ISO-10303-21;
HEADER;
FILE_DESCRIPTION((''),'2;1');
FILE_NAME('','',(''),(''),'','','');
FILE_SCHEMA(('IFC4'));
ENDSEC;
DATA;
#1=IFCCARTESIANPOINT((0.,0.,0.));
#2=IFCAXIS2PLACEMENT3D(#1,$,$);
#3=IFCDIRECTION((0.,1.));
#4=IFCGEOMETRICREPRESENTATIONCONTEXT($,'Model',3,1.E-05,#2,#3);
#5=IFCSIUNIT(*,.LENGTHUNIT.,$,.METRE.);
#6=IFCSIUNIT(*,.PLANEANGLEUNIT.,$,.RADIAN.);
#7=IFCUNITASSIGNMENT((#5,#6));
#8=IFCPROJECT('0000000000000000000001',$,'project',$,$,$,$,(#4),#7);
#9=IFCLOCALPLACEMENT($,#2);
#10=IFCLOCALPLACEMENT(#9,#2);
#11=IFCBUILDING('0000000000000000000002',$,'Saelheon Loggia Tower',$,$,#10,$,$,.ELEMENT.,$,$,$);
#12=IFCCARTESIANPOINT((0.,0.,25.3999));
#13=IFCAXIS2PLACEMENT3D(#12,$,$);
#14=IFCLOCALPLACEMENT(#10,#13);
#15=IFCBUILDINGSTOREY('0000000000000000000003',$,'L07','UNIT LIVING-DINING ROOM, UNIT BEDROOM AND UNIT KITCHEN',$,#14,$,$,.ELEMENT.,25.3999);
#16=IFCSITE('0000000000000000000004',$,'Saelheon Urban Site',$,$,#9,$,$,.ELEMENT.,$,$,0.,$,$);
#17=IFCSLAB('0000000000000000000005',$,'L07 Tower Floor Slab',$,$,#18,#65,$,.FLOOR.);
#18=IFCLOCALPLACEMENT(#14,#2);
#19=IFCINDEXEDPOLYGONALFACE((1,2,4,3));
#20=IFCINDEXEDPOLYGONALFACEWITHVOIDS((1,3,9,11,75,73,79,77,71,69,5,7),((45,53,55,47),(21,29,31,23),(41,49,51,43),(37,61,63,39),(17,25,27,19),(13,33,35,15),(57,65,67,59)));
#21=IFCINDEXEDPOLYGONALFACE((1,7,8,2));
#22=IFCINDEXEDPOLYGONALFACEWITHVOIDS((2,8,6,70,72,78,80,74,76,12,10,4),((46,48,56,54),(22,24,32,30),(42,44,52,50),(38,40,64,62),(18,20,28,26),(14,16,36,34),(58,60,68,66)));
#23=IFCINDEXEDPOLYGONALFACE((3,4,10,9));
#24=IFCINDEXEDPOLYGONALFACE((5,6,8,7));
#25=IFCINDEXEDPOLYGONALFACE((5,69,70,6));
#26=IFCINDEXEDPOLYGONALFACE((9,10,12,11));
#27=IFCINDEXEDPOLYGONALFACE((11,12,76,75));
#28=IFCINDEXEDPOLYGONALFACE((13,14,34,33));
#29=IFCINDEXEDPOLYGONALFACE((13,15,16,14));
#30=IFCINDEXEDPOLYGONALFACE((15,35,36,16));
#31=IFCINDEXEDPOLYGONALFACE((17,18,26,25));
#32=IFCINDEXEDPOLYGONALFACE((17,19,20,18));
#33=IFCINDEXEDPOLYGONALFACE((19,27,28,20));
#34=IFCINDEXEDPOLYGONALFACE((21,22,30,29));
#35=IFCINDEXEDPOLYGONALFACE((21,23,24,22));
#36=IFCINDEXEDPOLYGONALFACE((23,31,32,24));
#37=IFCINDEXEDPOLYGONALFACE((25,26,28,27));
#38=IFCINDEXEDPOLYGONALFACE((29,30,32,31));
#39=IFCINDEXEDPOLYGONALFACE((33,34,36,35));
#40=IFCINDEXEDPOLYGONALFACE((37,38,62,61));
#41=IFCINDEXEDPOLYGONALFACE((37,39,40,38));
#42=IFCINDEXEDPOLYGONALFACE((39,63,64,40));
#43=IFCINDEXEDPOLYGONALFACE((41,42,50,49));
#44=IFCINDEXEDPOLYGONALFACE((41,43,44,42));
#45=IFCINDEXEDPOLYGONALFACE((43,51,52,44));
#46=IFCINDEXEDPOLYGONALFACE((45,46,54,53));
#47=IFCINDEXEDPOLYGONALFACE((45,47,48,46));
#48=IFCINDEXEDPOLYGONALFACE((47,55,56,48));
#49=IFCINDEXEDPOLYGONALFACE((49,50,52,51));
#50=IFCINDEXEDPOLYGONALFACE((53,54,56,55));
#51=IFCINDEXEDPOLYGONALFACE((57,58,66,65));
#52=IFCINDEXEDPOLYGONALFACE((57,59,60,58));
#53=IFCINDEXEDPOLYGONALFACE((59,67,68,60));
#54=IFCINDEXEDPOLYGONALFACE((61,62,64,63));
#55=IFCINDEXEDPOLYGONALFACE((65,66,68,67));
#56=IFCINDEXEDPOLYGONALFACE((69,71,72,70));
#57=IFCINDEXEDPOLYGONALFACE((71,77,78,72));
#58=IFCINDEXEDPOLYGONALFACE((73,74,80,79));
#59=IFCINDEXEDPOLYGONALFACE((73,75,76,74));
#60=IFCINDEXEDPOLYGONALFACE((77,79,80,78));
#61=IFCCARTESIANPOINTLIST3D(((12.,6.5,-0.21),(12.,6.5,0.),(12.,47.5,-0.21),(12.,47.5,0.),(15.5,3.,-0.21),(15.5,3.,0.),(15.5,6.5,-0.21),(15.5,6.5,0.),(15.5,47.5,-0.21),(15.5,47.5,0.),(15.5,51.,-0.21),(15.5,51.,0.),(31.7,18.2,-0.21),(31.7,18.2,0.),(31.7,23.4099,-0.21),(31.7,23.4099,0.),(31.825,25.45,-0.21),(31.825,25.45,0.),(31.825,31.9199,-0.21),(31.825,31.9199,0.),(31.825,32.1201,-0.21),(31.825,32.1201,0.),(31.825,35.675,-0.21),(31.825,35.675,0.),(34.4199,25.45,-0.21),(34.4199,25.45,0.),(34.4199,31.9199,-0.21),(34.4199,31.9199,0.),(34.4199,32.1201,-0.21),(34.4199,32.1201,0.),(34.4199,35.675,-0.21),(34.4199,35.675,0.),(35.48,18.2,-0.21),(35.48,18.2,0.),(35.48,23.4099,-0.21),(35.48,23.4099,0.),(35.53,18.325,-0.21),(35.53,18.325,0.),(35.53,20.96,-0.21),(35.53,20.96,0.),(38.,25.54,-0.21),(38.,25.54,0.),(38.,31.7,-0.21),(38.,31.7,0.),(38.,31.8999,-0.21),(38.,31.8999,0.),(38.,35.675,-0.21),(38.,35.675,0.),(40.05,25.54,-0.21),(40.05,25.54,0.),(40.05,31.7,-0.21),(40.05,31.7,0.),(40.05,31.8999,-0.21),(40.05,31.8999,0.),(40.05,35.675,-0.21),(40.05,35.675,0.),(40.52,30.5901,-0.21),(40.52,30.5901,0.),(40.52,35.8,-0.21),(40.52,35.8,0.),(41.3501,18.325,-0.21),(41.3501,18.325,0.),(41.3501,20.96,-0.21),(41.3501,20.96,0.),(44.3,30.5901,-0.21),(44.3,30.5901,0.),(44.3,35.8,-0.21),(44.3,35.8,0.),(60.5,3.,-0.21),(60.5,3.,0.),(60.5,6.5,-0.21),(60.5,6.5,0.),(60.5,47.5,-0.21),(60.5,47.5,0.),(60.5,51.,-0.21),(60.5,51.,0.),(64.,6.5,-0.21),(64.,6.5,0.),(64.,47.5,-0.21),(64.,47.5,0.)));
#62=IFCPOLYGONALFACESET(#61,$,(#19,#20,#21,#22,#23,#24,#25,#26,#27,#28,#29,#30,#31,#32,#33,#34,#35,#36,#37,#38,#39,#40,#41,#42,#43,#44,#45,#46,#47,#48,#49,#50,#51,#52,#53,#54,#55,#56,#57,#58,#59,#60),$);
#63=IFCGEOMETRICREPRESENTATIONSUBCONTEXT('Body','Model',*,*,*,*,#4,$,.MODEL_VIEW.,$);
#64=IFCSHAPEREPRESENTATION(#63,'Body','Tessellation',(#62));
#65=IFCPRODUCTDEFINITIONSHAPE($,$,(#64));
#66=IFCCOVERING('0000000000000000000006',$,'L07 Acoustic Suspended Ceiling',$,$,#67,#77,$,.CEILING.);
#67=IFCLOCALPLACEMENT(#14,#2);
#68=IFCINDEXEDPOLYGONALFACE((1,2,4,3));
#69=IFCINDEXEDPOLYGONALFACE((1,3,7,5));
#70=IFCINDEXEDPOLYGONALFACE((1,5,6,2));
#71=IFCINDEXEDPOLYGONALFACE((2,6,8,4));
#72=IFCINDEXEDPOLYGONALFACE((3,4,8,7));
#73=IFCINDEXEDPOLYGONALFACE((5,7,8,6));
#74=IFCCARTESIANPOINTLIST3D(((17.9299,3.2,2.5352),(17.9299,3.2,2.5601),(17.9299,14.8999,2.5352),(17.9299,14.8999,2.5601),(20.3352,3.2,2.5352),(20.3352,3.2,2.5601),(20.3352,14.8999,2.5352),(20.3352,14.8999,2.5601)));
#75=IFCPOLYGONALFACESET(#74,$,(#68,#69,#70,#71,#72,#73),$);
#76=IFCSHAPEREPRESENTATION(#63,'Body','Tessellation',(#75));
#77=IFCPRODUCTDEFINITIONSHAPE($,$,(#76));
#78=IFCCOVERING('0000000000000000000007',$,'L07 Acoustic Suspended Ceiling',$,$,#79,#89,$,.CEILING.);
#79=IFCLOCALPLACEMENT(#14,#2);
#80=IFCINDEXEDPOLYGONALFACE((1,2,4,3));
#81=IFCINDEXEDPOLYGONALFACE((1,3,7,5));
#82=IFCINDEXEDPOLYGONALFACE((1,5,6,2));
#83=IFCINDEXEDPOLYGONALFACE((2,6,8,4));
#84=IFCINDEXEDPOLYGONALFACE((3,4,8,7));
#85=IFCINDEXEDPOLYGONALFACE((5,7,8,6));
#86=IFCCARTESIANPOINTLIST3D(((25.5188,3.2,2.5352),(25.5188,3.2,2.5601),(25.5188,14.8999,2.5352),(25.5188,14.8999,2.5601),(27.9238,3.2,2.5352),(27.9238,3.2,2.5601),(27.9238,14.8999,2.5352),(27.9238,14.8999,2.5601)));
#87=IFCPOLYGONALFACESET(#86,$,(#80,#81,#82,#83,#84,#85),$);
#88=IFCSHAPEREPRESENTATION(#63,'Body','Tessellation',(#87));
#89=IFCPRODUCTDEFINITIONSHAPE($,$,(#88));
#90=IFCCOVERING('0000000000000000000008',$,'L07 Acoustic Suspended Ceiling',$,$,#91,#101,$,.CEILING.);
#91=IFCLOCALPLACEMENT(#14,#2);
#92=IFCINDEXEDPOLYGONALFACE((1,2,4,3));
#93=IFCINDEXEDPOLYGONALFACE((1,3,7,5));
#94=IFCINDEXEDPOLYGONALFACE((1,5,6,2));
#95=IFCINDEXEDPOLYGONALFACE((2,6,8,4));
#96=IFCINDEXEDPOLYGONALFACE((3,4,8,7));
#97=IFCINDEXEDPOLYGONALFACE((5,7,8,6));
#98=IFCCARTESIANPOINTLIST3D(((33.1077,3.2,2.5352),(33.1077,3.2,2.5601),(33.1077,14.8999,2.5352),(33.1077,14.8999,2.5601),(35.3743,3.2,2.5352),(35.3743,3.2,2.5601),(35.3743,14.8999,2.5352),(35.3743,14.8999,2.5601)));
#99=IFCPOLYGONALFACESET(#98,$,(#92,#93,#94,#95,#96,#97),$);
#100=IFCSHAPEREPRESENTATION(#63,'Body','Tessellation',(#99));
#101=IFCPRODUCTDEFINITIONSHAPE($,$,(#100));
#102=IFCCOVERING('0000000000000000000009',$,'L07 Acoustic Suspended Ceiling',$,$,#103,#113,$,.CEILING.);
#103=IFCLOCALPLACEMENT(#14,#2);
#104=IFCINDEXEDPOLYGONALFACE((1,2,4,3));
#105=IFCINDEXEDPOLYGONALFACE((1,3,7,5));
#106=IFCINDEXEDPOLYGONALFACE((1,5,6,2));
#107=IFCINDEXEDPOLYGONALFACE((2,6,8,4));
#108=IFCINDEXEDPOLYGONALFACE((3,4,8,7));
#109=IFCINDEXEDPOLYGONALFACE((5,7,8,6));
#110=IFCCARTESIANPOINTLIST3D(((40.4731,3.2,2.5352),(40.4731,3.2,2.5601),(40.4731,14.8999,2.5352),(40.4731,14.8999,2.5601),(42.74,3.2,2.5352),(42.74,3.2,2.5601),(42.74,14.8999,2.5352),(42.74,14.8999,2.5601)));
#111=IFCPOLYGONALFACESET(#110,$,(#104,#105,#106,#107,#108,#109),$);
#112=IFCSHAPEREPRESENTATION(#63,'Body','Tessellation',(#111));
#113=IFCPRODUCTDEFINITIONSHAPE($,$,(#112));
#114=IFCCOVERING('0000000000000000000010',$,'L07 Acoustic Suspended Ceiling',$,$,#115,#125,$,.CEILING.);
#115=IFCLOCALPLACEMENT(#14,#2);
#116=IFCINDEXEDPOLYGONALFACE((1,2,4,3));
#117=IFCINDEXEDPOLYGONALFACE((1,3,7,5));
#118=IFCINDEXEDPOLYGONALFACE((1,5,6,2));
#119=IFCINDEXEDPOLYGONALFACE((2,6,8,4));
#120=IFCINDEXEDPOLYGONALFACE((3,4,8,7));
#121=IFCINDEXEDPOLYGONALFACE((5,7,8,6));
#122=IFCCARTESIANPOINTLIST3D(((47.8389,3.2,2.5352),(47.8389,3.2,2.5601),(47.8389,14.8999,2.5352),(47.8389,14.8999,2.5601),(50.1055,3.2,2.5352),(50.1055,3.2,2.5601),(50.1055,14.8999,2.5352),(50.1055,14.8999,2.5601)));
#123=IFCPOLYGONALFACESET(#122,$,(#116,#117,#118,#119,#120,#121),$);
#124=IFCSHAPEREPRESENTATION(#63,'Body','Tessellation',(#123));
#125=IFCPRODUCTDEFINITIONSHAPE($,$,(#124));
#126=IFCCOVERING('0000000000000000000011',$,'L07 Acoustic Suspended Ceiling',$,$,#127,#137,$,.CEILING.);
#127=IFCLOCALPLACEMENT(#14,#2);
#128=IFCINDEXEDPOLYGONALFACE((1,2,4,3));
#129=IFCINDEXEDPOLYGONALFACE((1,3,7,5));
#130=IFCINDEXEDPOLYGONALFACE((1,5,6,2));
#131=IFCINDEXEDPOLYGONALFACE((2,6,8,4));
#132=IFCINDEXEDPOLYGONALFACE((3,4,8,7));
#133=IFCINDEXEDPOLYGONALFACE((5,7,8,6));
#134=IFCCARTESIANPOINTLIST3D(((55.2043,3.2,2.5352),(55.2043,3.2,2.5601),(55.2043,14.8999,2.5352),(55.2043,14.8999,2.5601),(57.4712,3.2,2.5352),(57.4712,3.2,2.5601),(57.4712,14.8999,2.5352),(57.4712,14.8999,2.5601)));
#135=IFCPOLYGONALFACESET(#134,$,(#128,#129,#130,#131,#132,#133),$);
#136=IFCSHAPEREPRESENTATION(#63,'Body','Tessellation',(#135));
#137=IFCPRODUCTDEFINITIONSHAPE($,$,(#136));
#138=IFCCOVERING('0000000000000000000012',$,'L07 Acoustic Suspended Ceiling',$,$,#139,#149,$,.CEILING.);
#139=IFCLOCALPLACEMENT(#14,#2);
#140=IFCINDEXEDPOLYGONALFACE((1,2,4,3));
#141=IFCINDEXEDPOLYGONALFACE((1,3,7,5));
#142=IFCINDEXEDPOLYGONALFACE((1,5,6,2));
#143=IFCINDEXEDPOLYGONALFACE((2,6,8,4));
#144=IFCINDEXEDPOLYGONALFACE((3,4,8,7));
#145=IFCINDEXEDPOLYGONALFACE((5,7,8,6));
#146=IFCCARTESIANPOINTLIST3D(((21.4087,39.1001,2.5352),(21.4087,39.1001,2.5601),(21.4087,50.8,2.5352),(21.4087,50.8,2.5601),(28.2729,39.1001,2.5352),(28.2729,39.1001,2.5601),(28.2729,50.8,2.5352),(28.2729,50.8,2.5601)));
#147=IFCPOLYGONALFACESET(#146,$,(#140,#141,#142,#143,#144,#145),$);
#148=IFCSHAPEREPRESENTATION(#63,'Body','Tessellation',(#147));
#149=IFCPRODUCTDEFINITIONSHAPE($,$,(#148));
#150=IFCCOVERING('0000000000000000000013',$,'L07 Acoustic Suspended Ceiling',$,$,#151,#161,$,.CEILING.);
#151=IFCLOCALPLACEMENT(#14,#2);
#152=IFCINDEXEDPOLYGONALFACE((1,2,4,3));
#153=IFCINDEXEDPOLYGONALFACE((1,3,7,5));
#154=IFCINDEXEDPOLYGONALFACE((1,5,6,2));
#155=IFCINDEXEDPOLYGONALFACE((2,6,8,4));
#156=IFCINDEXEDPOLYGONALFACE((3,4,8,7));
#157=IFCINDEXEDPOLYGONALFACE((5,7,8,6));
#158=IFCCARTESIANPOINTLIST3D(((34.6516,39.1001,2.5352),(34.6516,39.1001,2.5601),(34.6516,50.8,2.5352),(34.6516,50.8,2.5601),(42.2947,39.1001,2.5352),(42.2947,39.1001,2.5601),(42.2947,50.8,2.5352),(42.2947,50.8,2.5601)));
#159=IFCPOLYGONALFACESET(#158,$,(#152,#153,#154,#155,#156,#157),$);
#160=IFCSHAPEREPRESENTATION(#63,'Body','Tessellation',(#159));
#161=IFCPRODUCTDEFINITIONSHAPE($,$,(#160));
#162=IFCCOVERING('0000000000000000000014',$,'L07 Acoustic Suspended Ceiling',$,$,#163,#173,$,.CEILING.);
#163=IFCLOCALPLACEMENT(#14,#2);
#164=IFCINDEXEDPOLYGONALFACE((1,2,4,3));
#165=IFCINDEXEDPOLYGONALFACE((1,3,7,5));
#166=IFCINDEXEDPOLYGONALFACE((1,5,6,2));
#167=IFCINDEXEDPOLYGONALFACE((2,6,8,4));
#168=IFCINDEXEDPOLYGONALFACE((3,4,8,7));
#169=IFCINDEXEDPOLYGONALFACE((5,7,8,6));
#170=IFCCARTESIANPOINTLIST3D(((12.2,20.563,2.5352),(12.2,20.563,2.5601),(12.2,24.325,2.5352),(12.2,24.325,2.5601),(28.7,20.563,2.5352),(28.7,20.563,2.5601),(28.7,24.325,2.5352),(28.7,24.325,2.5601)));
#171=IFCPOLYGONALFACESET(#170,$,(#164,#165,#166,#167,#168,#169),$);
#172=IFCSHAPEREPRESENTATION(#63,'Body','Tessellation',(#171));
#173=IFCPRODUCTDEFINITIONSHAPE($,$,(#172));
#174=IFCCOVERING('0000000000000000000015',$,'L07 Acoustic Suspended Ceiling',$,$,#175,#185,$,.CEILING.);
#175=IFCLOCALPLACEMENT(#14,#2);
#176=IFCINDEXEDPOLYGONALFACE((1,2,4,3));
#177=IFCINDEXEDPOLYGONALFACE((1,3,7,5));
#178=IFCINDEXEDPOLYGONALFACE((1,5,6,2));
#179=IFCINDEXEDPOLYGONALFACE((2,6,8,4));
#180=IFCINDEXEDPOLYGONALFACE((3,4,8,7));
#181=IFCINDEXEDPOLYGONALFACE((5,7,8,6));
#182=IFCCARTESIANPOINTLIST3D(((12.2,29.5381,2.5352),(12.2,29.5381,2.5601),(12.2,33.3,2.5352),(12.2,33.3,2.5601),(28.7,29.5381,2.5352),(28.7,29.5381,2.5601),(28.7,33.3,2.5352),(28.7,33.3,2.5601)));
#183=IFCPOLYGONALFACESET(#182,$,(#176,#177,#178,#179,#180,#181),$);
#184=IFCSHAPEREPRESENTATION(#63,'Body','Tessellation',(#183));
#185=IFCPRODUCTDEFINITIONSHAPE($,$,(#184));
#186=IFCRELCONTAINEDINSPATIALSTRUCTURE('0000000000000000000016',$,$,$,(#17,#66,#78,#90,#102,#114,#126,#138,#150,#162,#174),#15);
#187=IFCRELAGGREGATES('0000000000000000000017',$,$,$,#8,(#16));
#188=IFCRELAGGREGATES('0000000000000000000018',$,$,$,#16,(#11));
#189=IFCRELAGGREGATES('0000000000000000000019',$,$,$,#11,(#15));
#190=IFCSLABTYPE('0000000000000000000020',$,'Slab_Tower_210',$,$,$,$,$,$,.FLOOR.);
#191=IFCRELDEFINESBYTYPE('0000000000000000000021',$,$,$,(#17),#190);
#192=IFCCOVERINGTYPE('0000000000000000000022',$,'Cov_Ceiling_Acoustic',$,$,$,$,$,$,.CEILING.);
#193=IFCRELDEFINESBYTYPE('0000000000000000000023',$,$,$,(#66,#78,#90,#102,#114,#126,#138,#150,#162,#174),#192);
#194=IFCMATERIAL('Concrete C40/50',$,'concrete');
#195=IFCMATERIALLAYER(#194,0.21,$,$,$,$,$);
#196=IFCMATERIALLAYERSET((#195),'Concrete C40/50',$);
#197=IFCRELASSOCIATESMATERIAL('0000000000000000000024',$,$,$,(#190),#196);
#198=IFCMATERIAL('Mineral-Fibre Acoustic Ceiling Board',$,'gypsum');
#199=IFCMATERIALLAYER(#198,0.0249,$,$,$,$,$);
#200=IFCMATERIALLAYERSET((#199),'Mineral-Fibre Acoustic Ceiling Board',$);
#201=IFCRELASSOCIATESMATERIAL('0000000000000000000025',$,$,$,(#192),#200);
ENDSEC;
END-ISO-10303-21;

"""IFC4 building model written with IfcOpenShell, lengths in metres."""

from ifc_helpers import new_model, si_unit, direction, frame, origin, place, context, subcontext, project, spatial, polyline, outline, extrude, material, layer, layer_set, type_object, element, save


model = new_model("IFC4")

# Units and contexts
model_context = context("Model", 3, precision=1e-05, world=origin(), true_north=direction((0.0, 1.0)))
body_context = subcontext(model_context, "Body", "Model", "MODEL_VIEW")
ifc_project = project(units=[si_unit("LENGTHUNIT", "METRE"), si_unit("PLANEANGLEUNIT", "RADIAN")], contexts=[model_context])

# Site, building, storey
site_placement = place(None, origin())
site = spatial("IfcSite", under=ifc_project, at=site_placement, Name="Saelheon Urban Site", CompositionType="ELEMENT", RefElevation=0.0)
building_placement = place(site_placement, origin())
building = spatial("IfcBuilding", under=site, at=building_placement, Name="Saelheon Loggia Tower", CompositionType="ELEMENT")
storey_placement = place(building_placement, frame((0.0, 0.0, 25.3999)))
storey = spatial("IfcBuildingStorey", under=building, at=storey_placement, Name="L07", Description="UNIT LIVING-DINING ROOM, UNIT BEDROOM AND UNIT KITCHEN", CompositionType="ELEMENT", Elevation=25.3999)

# Shared definitions
ifc_material_1 = material(Name="Concrete C40/50", Category="concrete")

# Slab
ifc_layer_1 = layer(ifc_material_1, 0.21)
ifc_layer_set_1 = layer_set([ifc_layer_1], Name="Concrete C40/50")
slab_type_1 = type_object("IfcSlabType", Name="Slab_Tower_210", PredefinedType="FLOOR", material=ifc_layer_set_1)
slab_1_placement = place(storey_placement, frame((0.0, 0.0, -0.21)))
element("IfcSlab", 1, at=slab_1_placement, inside=storey, type_object=slab_type_1, Name="L07 Tower Floor Slab", PredefinedType="FLOOR", context=body_context, shape_type="SweptSolid", body=[
    extrude(outline(polyline([(15.5, 3.0), (60.5, 3.0), (60.5, 6.5), (64.0, 6.5), (64.0, 47.5), (60.5, 47.5), (60.5, 51.0), (15.5, 51.0), (15.5, 47.5), (12.0, 47.5), (12.0, 6.5), (15.5, 6.5), (15.5, 3.0)]), holes=[polyline([(31.7, 23.4099), (31.7, 18.2), (35.48, 18.2), (35.48, 23.4099), (31.7, 23.4099)]), polyline([(44.3, 30.5901), (44.3, 35.8), (40.52, 35.8), (40.52, 30.5901), (44.3, 30.5901)]), polyline([(35.53, 18.325), (41.3501, 18.325), (41.3501, 20.96), (35.53, 20.96), (35.53, 18.325)]), polyline([(31.825, 32.1201), (34.4199, 32.1201), (34.4199, 35.675), (31.825, 35.675), (31.825, 32.1201)]), polyline([(38.0, 31.8999), (40.05, 31.8999), (40.05, 35.675), (38.0, 35.675), (38.0, 31.8999)]), polyline([(31.825, 25.45), (34.4199, 25.45), (34.4199, 31.9199), (31.825, 31.9199), (31.825, 25.45)]), polyline([(38.0, 25.54), (40.05, 25.54), (40.05, 31.7), (38.0, 31.7), (38.0, 25.54)])]), origin(), (0.0, 0.0, 1.0), 0.21),
])

# Coverings
ifc_material_2 = material(Name="Mineral-Fibre Acoustic Ceiling Board", Category="gypsum")
ifc_layer_2 = layer(ifc_material_2, 0.0249)
ifc_layer_set_2 = layer_set([ifc_layer_2], Name="Mineral-Fibre Acoustic Ceiling Board")
covering_type_1 = type_object("IfcCoveringType", Name="Cov_Ceiling_Acoustic", PredefinedType="CEILING", material=ifc_layer_set_2)
covering_1_placement = place(storey_placement, frame((0.0, 0.0, 2.5352)))
element("IfcCovering", 2, at=covering_1_placement, inside=storey, type_object=covering_type_1, Name="L07 Acoustic Suspended Ceiling", PredefinedType="CEILING", context=body_context, shape_type="SweptSolid", body=[
    extrude(outline(polyline([(17.9299, 3.2), (20.3352, 3.2), (20.3352, 14.8999), (17.9299, 14.8999), (17.9299, 3.2)])), origin(), (0.0, 0.0, 1.0), 0.0249),
])
covering_2_placement = place(storey_placement, frame((0.0, 0.0, 2.5352)))
element("IfcCovering", 3, at=covering_2_placement, inside=storey, type_object=covering_type_1, Name="L07 Acoustic Suspended Ceiling", PredefinedType="CEILING", context=body_context, shape_type="SweptSolid", body=[
    extrude(outline(polyline([(25.5188, 3.2), (27.9238, 3.2), (27.9238, 14.8999), (25.5188, 14.8999), (25.5188, 3.2)])), origin(), (0.0, 0.0, 1.0), 0.0249),
])
covering_3_placement = place(storey_placement, frame((0.0, 0.0, 2.5352)))
element("IfcCovering", 4, at=covering_3_placement, inside=storey, type_object=covering_type_1, Name="L07 Acoustic Suspended Ceiling", PredefinedType="CEILING", context=body_context, shape_type="SweptSolid", body=[
    extrude(outline(polyline([(33.1077, 3.2), (35.3743, 3.2), (35.3743, 14.8999), (33.1077, 14.8999), (33.1077, 3.2)])), origin(), (0.0, 0.0, 1.0), 0.0249),
])
covering_4_placement = place(storey_placement, frame((0.0, 0.0, 2.5352)))
element("IfcCovering", 5, at=covering_4_placement, inside=storey, type_object=covering_type_1, Name="L07 Acoustic Suspended Ceiling", PredefinedType="CEILING", context=body_context, shape_type="SweptSolid", body=[
    extrude(outline(polyline([(40.4731, 3.2), (42.74, 3.2), (42.74, 14.8999), (40.4731, 14.8999), (40.4731, 3.2)])), origin(), (0.0, 0.0, 1.0), 0.0249),
])
covering_5_placement = place(storey_placement, frame((0.0, 0.0, 2.5352)))
element("IfcCovering", 6, at=covering_5_placement, inside=storey, type_object=covering_type_1, Name="L07 Acoustic Suspended Ceiling", PredefinedType="CEILING", context=body_context, shape_type="SweptSolid", body=[
    extrude(outline(polyline([(47.8389, 3.2), (50.1055, 3.2), (50.1055, 14.8999), (47.8389, 14.8999), (47.8389, 3.2)])), origin(), (0.0, 0.0, 1.0), 0.0249),
])
covering_6_placement = place(storey_placement, frame((0.0, 0.0, 2.5352)))
element("IfcCovering", 7, at=covering_6_placement, inside=storey, type_object=covering_type_1, Name="L07 Acoustic Suspended Ceiling", PredefinedType="CEILING", context=body_context, shape_type="SweptSolid", body=[
    extrude(outline(polyline([(55.2043, 3.2), (57.4712, 3.2), (57.4712, 14.8999), (55.2043, 14.8999), (55.2043, 3.2)])), origin(), (0.0, 0.0, 1.0), 0.0249),
])
covering_7_placement = place(storey_placement, frame((0.0, 0.0, 2.5352)))
element("IfcCovering", 8, at=covering_7_placement, inside=storey, type_object=covering_type_1, Name="L07 Acoustic Suspended Ceiling", PredefinedType="CEILING", context=body_context, shape_type="SweptSolid", body=[
    extrude(outline(polyline([(21.4087, 39.1001), (28.2729, 39.1001), (28.2729, 50.8), (21.4087, 50.8), (21.4087, 39.1001)])), origin(), (0.0, 0.0, 1.0), 0.0249),
])
covering_8_placement = place(storey_placement, frame((0.0, 0.0, 2.5352)))
element("IfcCovering", 9, at=covering_8_placement, inside=storey, type_object=covering_type_1, Name="L07 Acoustic Suspended Ceiling", PredefinedType="CEILING", context=body_context, shape_type="SweptSolid", body=[
    extrude(outline(polyline([(34.6516, 39.1001), (42.2947, 39.1001), (42.2947, 50.8), (34.6516, 50.8), (34.6516, 39.1001)])), origin(), (0.0, 0.0, 1.0), 0.0249),
])
covering_9_placement = place(storey_placement, frame((0.0, 0.0, 2.5352)))
element("IfcCovering", 10, at=covering_9_placement, inside=storey, type_object=covering_type_1, Name="L07 Acoustic Suspended Ceiling", PredefinedType="CEILING", context=body_context, shape_type="SweptSolid", body=[
    extrude(outline(polyline([(12.2, 20.563), (28.7, 20.563), (28.7, 24.325), (12.2, 24.325), (12.2, 20.563)])), origin(), (0.0, 0.0, 1.0), 0.0249),
])
covering_10_placement = place(storey_placement, frame((0.0, 0.0, 2.5352)))
element("IfcCovering", 11, at=covering_10_placement, inside=storey, type_object=covering_type_1, Name="L07 Acoustic Suspended Ceiling", PredefinedType="CEILING", context=body_context, shape_type="SweptSolid", body=[
    extrude(outline(polyline([(12.2, 29.5381), (28.7, 29.5381), (28.7, 33.3), (12.2, 33.3), (12.2, 29.5381)])), origin(), (0.0, 0.0, 1.0), 0.0249),
])

save(model, "model.ifc")
